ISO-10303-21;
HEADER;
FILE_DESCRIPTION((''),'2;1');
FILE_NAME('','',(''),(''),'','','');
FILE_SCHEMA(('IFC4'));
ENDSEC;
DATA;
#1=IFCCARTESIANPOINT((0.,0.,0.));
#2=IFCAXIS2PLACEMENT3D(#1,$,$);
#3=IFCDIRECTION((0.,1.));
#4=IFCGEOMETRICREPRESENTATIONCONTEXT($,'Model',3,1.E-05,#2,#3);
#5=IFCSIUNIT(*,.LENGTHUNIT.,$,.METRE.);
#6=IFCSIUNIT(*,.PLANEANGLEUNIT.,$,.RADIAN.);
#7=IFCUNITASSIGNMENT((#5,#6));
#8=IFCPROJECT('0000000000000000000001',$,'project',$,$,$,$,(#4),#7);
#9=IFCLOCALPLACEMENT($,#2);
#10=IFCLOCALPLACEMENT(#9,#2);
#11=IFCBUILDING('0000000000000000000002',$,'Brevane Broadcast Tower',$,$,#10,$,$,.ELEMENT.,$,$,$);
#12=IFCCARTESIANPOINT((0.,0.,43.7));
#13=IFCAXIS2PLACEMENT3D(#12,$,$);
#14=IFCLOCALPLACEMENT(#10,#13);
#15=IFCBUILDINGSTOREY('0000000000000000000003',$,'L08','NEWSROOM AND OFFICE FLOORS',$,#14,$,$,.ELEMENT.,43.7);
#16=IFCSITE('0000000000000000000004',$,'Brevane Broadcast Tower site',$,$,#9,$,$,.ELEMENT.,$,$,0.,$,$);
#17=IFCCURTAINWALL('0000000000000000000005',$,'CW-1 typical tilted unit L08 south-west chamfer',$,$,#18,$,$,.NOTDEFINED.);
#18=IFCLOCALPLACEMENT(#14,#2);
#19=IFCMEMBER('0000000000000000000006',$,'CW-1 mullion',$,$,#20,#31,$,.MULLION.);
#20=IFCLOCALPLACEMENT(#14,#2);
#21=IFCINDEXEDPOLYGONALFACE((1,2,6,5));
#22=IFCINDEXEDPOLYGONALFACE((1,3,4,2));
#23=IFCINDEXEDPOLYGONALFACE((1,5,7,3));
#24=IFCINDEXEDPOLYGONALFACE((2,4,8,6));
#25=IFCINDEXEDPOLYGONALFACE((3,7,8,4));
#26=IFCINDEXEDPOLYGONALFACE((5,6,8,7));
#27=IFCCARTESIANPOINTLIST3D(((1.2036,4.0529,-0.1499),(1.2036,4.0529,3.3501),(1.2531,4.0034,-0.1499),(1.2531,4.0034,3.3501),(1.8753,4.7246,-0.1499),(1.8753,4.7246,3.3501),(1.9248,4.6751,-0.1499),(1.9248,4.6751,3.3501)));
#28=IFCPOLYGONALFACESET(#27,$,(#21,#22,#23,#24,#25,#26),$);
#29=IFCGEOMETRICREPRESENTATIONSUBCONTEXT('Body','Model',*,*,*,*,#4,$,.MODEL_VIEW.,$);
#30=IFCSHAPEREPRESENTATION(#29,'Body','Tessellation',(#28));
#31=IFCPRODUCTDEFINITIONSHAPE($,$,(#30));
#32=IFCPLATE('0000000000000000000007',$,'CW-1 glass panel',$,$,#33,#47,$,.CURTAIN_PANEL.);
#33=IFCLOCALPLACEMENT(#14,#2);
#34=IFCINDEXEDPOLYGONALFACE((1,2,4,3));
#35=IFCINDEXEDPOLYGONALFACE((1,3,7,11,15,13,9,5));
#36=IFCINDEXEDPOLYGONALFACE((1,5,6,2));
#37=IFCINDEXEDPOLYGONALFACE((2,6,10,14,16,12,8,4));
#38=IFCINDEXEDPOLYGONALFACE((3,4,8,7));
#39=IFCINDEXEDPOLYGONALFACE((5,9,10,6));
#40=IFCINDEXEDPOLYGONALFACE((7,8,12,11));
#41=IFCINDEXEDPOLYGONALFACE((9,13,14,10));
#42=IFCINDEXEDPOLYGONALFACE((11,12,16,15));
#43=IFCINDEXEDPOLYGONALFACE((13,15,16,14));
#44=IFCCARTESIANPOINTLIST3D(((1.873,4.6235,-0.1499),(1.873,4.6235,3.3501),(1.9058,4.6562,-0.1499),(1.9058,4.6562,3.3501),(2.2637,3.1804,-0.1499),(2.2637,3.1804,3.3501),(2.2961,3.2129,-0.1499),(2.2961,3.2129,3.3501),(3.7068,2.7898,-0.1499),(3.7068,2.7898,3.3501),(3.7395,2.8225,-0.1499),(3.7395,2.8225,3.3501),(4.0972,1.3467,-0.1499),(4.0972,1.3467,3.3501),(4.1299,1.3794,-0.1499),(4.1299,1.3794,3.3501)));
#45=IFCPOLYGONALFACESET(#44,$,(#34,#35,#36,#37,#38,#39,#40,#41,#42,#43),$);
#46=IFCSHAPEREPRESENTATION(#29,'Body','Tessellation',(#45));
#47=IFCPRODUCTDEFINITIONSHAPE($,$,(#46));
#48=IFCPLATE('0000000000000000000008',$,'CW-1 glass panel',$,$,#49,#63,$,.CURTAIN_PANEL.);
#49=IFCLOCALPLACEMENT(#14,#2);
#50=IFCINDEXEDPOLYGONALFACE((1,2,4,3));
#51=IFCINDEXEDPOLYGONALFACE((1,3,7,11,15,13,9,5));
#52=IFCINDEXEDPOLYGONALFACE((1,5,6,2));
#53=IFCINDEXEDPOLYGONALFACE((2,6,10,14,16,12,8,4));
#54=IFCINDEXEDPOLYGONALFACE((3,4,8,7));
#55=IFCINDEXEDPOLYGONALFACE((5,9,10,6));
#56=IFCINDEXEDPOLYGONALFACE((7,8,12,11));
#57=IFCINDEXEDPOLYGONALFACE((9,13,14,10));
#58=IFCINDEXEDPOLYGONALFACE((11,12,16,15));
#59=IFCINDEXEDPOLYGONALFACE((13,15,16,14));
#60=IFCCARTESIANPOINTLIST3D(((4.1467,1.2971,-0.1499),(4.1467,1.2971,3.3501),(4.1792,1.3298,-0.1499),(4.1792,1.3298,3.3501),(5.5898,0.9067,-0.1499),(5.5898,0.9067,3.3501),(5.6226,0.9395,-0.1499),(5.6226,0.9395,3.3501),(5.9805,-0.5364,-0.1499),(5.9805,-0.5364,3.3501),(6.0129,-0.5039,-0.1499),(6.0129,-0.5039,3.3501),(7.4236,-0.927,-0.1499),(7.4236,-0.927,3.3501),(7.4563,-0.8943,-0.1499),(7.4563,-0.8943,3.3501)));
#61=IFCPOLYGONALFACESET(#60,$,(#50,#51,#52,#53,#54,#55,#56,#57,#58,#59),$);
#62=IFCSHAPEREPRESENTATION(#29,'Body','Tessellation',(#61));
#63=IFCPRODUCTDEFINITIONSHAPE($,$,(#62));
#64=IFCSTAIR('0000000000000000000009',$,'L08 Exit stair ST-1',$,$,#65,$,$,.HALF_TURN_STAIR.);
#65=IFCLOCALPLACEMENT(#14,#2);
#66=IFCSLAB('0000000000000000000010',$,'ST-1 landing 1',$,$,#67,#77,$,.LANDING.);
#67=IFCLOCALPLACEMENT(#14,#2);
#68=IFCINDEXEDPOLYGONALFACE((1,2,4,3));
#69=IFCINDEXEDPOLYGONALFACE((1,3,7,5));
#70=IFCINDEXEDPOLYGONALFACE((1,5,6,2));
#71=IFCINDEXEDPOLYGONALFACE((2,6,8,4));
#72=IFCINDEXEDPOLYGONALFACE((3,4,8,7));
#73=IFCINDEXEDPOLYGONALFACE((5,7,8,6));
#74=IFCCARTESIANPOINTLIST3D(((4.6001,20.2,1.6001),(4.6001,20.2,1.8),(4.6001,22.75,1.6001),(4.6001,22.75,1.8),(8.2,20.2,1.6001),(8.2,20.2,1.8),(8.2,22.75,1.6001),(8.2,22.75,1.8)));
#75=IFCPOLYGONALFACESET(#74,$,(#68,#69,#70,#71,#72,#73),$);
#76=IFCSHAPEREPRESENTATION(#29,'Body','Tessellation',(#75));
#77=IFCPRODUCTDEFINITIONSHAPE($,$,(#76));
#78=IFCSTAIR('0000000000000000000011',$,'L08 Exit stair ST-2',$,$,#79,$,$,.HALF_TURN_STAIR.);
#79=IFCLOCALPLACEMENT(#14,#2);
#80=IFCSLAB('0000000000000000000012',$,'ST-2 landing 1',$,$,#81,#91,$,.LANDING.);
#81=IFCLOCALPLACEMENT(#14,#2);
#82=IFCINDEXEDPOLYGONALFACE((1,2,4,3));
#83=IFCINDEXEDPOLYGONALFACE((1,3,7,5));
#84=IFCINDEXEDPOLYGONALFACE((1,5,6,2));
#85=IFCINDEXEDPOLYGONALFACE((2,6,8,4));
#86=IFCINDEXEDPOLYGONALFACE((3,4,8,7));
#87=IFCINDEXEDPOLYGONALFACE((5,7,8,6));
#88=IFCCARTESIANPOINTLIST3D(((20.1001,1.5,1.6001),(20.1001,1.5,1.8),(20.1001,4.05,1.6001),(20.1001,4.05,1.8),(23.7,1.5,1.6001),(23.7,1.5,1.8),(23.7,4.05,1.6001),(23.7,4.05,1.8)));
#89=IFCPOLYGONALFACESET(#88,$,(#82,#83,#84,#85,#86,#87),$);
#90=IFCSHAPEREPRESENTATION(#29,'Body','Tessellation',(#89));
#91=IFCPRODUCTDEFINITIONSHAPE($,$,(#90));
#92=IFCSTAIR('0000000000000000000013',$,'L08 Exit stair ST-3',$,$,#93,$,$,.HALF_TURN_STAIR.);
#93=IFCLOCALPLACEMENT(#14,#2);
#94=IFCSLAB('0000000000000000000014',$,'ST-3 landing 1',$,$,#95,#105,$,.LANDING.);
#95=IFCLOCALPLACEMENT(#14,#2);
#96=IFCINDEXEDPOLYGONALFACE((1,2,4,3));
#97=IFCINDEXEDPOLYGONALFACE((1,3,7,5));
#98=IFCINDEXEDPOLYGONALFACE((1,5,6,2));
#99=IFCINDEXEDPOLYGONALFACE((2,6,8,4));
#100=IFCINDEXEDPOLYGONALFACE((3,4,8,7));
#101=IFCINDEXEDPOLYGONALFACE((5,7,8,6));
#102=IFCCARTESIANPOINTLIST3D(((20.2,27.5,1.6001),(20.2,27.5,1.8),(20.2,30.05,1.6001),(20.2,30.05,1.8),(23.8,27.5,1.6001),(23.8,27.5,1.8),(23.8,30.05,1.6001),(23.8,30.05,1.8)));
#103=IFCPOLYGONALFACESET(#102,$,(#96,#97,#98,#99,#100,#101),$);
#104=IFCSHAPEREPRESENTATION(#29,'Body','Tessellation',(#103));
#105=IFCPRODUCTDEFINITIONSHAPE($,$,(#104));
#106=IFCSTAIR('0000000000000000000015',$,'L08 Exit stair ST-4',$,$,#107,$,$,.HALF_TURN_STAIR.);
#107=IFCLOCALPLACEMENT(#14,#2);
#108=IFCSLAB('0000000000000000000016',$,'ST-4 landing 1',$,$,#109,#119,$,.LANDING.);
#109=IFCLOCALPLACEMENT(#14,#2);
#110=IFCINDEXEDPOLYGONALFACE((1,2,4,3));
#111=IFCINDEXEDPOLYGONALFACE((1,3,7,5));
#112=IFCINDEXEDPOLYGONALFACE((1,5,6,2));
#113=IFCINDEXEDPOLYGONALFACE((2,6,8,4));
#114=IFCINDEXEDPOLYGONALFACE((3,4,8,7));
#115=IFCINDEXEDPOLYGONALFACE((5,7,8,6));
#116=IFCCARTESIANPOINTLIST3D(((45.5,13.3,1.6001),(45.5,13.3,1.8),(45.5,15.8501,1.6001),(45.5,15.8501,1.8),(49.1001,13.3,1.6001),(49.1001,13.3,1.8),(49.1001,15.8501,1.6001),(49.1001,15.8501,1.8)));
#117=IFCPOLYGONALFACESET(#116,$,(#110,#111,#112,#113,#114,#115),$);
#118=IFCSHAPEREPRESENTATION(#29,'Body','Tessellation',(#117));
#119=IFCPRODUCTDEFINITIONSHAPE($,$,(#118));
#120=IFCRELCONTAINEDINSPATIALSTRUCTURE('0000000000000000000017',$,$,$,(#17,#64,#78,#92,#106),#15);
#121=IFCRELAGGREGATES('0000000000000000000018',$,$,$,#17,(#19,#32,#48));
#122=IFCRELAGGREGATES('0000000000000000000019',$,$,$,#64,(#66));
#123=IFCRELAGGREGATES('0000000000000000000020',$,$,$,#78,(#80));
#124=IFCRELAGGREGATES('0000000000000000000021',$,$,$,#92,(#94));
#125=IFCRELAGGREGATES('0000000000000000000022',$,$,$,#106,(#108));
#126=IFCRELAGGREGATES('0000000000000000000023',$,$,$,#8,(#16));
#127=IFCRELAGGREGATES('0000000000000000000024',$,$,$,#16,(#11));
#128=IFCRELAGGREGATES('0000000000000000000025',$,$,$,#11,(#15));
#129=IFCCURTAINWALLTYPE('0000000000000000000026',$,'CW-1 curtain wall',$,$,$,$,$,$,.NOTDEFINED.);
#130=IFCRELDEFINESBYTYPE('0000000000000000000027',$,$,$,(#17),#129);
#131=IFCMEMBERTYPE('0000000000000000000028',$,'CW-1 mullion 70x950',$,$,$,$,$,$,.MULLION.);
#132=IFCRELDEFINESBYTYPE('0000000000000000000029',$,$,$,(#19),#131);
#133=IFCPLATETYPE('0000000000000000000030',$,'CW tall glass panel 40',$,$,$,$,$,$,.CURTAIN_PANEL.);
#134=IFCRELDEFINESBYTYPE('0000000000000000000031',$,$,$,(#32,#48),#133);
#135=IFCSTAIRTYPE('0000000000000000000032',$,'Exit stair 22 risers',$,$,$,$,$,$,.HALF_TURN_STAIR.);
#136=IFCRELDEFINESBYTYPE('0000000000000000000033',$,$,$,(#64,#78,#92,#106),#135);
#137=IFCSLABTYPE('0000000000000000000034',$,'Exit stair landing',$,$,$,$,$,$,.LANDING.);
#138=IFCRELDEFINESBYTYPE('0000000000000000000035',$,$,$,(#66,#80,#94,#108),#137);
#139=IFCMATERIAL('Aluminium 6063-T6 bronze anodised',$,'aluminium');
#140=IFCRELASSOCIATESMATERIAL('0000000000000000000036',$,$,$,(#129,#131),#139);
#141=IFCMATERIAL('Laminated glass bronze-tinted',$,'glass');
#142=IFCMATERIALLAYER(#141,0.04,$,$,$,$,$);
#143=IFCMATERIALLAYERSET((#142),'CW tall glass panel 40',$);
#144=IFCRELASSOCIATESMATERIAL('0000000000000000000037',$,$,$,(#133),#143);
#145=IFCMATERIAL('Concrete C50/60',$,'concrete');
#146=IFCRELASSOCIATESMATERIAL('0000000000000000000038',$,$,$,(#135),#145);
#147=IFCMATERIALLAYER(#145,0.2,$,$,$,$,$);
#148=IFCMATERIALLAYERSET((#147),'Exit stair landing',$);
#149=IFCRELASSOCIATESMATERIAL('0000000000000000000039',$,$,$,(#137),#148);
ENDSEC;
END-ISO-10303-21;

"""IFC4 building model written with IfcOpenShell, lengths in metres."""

from ifc_helpers import new_model, si_unit, direction, frame, origin, origin_2d, place, context, subcontext, project, spatial, polyline, rectangle, outline, extrude, material, layer, layer_set, material_profile, profile_set, type_object, element, aggregate, save


model = new_model("IFC4")

# Units and contexts
model_context = context("Model", 3, precision=1e-05, world=origin(), true_north=direction((0.0, 1.0)))
body_context = subcontext(model_context, "Body", "Model", "MODEL_VIEW")
ifc_project = project(units=[si_unit("LENGTHUNIT", "METRE"), si_unit("PLANEANGLEUNIT", "RADIAN")], contexts=[model_context])

# Site, building, storey
site_placement = place(None, origin())
site = spatial("IfcSite", under=ifc_project, at=site_placement, Name="Brevane Broadcast Tower site", CompositionType="ELEMENT", RefElevation=0.0)
building_placement = place(site_placement, origin())
building = spatial("IfcBuilding", under=site, at=building_placement, Name="Brevane Broadcast Tower", CompositionType="ELEMENT")
storey_placement = place(building_placement, frame((0.0, 0.0, 43.7)))
storey = spatial("IfcBuildingStorey", under=building, at=storey_placement, Name="L08", Description="NEWSROOM AND OFFICE FLOORS", CompositionType="ELEMENT", Elevation=43.7)

# Curtain wall, member, plates
ifc_material_1 = material(Name="Aluminium 6063-T6 bronze anodised", Category="aluminium")
curtain_wall_type = type_object("IfcCurtainWallType", Name="CW-1 curtain wall", PredefinedType="NOTDEFINED", material=ifc_material_1)
curtain_wall_1_placement = place(storey_placement, origin())
curtain_wall_1 = element("IfcCurtainWall", 1, at=curtain_wall_1_placement, inside=storey, type_object=curtain_wall_type, Name="CW-1 typical tilted unit L08 south-west chamfer", PredefinedType="NOTDEFINED")
ifc_material_profile = material_profile(ifc_material_1, rectangle(XDim=0.95, YDim=0.0701, at=origin_2d()), Name="RECT 70x950")
ifc_profile_set = profile_set([ifc_material_profile], Name="Aluminium 6063-T6 bronze anodised")
member_type = type_object("IfcMemberType", Name="CW-1 mullion 70x950", PredefinedType="MULLION", material=ifc_profile_set)
member_placement = place(storey_placement, frame((1.5642, 4.364, -0.1499), z_axis=(0.0, 0.0, 1.0), x_axis=(0.707107, 0.707107, 0.0)))
member = element("IfcMember", 2, at=member_placement, type_object=member_type, Name="CW-1 mullion", PredefinedType="MULLION", context=body_context, shape_type="SweptSolid", body=[
    extrude(rectangle(XDim=0.95, YDim=0.0701, at=origin_2d()), origin(), (0.0, 0.0, 1.0), 3.5),
])
ifc_material_2 = material(Name="Laminated glass bronze-tinted", Category="glass")
ifc_layer_1 = layer(ifc_material_2, 0.04)
ifc_layer_set_1 = layer_set([ifc_layer_1], Name="CW tall glass panel 40")
plate_type = type_object("IfcPlateType", Name="CW tall glass panel 40", PredefinedType="CURTAIN_PANEL", material=ifc_layer_set_1)
plate_1_placement = place(storey_placement, frame((0.0, 0.0, -0.1499)))
plate_1 = element("IfcPlate", 3, at=plate_1_placement, type_object=plate_type, Name="CW-1 glass panel", PredefinedType="CURTAIN_PANEL", context=body_context, shape_type="SweptSolid", body=[
    extrude(outline(polyline([(1.9058, 4.6562), (1.873, 4.6235), (2.2637, 3.1804), (3.7068, 2.7898), (4.0972, 1.3467), (4.1299, 1.3794), (3.7395, 2.8225), (2.2961, 3.2129), (1.9058, 4.6562)])), origin(), (0.0, 0.0, 1.0), 3.5),
])
plate_2_placement = place(storey_placement, frame((0.0, 0.0, -0.1499)))
plate_2 = element("IfcPlate", 4, at=plate_2_placement, type_object=plate_type, Name="CW-1 glass panel", PredefinedType="CURTAIN_PANEL", context=body_context, shape_type="SweptSolid", body=[
    extrude(outline(polyline([(4.1792, 1.3298), (4.1467, 1.2971), (5.5898, 0.9067), (5.9805, -0.5364), (7.4236, -0.927), (7.4563, -0.8943), (6.0129, -0.5039), (5.6226, 0.9395), (4.1792, 1.3298)])), origin(), (0.0, 0.0, 1.0), 3.5),
])
aggregate(curtain_wall_1, [member, plate_1, plate_2])

# Stairs, slabs
ifc_material_3 = material(Name="Concrete C50/60", Category="concrete")
stair_type = type_object("IfcStairType", Name="Exit stair 22 risers", PredefinedType="HALF_TURN_STAIR", material=ifc_material_3)
stair_1_placement = place(storey_placement, origin())
stair_1 = element("IfcStair", 5, at=stair_1_placement, inside=storey, type_object=stair_type, Name="L08 Exit stair ST-1", PredefinedType="HALF_TURN_STAIR")
ifc_layer_2 = layer(ifc_material_3, 0.2)
ifc_layer_set_2 = layer_set([ifc_layer_2], Name="Exit stair landing")
slab_type_1 = type_object("IfcSlabType", Name="Exit stair landing", PredefinedType="LANDING", material=ifc_layer_set_2)
slab_1_placement = place(storey_placement, frame((0.0, 0.0, 1.6001)))
slab_1 = element("IfcSlab", 6, at=slab_1_placement, type_object=slab_type_1, Name="ST-1 landing 1", PredefinedType="LANDING", context=body_context, shape_type="SweptSolid", body=[
    extrude(outline(polyline([(4.6001, 20.2), (8.2, 20.2), (8.2, 22.75), (4.6001, 22.75), (4.6001, 20.2)])), origin(), (0.0, 0.0, 1.0), 0.2),
])
aggregate(stair_1, [slab_1])
stair_2_placement = place(storey_placement, origin())
stair_2 = element("IfcStair", 7, at=stair_2_placement, inside=storey, type_object=stair_type, Name="L08 Exit stair ST-2", PredefinedType="HALF_TURN_STAIR")
slab_2_placement = place(storey_placement, frame((0.0, 0.0, 1.6001)))
slab_2 = element("IfcSlab", 8, at=slab_2_placement, type_object=slab_type_1, Name="ST-2 landing 1", PredefinedType="LANDING", context=body_context, shape_type="SweptSolid", body=[
    extrude(outline(polyline([(20.1001, 1.5), (23.7, 1.5), (23.7, 4.05), (20.1001, 4.05), (20.1001, 1.5)])), origin(), (0.0, 0.0, 1.0), 0.2),
])
aggregate(stair_2, [slab_2])
stair_3_placement = place(storey_placement, origin())
stair_3 = element("IfcStair", 9, at=stair_3_placement, inside=storey, type_object=stair_type, Name="L08 Exit stair ST-3", PredefinedType="HALF_TURN_STAIR")
slab_3_placement = place(storey_placement, frame((0.0, 0.0, 1.6001)))
slab_3 = element("IfcSlab", 10, at=slab_3_placement, type_object=slab_type_1, Name="ST-3 landing 1", PredefinedType="LANDING", context=body_context, shape_type="SweptSolid", body=[
    extrude(outline(polyline([(20.2, 27.5), (23.8, 27.5), (23.8, 30.05), (20.2, 30.05), (20.2, 27.5)])), origin(), (0.0, 0.0, 1.0), 0.2),
])
aggregate(stair_3, [slab_3])
stair_4_placement = place(storey_placement, origin())
stair_4 = element("IfcStair", 11, at=stair_4_placement, inside=storey, type_object=stair_type, Name="L08 Exit stair ST-4", PredefinedType="HALF_TURN_STAIR")
slab_4_placement = place(storey_placement, frame((0.0, 0.0, 1.6001)))
slab_4 = element("IfcSlab", 12, at=slab_4_placement, type_object=slab_type_1, Name="ST-4 landing 1", PredefinedType="LANDING", context=body_context, shape_type="SweptSolid", body=[
    extrude(outline(polyline([(45.5, 13.3), (49.1001, 13.3), (49.1001, 15.8501), (45.5, 15.8501), (45.5, 13.3)])), origin(), (0.0, 0.0, 1.0), 0.2),
])
aggregate(stair_4, [slab_4])

save(model, "model.ifc")
